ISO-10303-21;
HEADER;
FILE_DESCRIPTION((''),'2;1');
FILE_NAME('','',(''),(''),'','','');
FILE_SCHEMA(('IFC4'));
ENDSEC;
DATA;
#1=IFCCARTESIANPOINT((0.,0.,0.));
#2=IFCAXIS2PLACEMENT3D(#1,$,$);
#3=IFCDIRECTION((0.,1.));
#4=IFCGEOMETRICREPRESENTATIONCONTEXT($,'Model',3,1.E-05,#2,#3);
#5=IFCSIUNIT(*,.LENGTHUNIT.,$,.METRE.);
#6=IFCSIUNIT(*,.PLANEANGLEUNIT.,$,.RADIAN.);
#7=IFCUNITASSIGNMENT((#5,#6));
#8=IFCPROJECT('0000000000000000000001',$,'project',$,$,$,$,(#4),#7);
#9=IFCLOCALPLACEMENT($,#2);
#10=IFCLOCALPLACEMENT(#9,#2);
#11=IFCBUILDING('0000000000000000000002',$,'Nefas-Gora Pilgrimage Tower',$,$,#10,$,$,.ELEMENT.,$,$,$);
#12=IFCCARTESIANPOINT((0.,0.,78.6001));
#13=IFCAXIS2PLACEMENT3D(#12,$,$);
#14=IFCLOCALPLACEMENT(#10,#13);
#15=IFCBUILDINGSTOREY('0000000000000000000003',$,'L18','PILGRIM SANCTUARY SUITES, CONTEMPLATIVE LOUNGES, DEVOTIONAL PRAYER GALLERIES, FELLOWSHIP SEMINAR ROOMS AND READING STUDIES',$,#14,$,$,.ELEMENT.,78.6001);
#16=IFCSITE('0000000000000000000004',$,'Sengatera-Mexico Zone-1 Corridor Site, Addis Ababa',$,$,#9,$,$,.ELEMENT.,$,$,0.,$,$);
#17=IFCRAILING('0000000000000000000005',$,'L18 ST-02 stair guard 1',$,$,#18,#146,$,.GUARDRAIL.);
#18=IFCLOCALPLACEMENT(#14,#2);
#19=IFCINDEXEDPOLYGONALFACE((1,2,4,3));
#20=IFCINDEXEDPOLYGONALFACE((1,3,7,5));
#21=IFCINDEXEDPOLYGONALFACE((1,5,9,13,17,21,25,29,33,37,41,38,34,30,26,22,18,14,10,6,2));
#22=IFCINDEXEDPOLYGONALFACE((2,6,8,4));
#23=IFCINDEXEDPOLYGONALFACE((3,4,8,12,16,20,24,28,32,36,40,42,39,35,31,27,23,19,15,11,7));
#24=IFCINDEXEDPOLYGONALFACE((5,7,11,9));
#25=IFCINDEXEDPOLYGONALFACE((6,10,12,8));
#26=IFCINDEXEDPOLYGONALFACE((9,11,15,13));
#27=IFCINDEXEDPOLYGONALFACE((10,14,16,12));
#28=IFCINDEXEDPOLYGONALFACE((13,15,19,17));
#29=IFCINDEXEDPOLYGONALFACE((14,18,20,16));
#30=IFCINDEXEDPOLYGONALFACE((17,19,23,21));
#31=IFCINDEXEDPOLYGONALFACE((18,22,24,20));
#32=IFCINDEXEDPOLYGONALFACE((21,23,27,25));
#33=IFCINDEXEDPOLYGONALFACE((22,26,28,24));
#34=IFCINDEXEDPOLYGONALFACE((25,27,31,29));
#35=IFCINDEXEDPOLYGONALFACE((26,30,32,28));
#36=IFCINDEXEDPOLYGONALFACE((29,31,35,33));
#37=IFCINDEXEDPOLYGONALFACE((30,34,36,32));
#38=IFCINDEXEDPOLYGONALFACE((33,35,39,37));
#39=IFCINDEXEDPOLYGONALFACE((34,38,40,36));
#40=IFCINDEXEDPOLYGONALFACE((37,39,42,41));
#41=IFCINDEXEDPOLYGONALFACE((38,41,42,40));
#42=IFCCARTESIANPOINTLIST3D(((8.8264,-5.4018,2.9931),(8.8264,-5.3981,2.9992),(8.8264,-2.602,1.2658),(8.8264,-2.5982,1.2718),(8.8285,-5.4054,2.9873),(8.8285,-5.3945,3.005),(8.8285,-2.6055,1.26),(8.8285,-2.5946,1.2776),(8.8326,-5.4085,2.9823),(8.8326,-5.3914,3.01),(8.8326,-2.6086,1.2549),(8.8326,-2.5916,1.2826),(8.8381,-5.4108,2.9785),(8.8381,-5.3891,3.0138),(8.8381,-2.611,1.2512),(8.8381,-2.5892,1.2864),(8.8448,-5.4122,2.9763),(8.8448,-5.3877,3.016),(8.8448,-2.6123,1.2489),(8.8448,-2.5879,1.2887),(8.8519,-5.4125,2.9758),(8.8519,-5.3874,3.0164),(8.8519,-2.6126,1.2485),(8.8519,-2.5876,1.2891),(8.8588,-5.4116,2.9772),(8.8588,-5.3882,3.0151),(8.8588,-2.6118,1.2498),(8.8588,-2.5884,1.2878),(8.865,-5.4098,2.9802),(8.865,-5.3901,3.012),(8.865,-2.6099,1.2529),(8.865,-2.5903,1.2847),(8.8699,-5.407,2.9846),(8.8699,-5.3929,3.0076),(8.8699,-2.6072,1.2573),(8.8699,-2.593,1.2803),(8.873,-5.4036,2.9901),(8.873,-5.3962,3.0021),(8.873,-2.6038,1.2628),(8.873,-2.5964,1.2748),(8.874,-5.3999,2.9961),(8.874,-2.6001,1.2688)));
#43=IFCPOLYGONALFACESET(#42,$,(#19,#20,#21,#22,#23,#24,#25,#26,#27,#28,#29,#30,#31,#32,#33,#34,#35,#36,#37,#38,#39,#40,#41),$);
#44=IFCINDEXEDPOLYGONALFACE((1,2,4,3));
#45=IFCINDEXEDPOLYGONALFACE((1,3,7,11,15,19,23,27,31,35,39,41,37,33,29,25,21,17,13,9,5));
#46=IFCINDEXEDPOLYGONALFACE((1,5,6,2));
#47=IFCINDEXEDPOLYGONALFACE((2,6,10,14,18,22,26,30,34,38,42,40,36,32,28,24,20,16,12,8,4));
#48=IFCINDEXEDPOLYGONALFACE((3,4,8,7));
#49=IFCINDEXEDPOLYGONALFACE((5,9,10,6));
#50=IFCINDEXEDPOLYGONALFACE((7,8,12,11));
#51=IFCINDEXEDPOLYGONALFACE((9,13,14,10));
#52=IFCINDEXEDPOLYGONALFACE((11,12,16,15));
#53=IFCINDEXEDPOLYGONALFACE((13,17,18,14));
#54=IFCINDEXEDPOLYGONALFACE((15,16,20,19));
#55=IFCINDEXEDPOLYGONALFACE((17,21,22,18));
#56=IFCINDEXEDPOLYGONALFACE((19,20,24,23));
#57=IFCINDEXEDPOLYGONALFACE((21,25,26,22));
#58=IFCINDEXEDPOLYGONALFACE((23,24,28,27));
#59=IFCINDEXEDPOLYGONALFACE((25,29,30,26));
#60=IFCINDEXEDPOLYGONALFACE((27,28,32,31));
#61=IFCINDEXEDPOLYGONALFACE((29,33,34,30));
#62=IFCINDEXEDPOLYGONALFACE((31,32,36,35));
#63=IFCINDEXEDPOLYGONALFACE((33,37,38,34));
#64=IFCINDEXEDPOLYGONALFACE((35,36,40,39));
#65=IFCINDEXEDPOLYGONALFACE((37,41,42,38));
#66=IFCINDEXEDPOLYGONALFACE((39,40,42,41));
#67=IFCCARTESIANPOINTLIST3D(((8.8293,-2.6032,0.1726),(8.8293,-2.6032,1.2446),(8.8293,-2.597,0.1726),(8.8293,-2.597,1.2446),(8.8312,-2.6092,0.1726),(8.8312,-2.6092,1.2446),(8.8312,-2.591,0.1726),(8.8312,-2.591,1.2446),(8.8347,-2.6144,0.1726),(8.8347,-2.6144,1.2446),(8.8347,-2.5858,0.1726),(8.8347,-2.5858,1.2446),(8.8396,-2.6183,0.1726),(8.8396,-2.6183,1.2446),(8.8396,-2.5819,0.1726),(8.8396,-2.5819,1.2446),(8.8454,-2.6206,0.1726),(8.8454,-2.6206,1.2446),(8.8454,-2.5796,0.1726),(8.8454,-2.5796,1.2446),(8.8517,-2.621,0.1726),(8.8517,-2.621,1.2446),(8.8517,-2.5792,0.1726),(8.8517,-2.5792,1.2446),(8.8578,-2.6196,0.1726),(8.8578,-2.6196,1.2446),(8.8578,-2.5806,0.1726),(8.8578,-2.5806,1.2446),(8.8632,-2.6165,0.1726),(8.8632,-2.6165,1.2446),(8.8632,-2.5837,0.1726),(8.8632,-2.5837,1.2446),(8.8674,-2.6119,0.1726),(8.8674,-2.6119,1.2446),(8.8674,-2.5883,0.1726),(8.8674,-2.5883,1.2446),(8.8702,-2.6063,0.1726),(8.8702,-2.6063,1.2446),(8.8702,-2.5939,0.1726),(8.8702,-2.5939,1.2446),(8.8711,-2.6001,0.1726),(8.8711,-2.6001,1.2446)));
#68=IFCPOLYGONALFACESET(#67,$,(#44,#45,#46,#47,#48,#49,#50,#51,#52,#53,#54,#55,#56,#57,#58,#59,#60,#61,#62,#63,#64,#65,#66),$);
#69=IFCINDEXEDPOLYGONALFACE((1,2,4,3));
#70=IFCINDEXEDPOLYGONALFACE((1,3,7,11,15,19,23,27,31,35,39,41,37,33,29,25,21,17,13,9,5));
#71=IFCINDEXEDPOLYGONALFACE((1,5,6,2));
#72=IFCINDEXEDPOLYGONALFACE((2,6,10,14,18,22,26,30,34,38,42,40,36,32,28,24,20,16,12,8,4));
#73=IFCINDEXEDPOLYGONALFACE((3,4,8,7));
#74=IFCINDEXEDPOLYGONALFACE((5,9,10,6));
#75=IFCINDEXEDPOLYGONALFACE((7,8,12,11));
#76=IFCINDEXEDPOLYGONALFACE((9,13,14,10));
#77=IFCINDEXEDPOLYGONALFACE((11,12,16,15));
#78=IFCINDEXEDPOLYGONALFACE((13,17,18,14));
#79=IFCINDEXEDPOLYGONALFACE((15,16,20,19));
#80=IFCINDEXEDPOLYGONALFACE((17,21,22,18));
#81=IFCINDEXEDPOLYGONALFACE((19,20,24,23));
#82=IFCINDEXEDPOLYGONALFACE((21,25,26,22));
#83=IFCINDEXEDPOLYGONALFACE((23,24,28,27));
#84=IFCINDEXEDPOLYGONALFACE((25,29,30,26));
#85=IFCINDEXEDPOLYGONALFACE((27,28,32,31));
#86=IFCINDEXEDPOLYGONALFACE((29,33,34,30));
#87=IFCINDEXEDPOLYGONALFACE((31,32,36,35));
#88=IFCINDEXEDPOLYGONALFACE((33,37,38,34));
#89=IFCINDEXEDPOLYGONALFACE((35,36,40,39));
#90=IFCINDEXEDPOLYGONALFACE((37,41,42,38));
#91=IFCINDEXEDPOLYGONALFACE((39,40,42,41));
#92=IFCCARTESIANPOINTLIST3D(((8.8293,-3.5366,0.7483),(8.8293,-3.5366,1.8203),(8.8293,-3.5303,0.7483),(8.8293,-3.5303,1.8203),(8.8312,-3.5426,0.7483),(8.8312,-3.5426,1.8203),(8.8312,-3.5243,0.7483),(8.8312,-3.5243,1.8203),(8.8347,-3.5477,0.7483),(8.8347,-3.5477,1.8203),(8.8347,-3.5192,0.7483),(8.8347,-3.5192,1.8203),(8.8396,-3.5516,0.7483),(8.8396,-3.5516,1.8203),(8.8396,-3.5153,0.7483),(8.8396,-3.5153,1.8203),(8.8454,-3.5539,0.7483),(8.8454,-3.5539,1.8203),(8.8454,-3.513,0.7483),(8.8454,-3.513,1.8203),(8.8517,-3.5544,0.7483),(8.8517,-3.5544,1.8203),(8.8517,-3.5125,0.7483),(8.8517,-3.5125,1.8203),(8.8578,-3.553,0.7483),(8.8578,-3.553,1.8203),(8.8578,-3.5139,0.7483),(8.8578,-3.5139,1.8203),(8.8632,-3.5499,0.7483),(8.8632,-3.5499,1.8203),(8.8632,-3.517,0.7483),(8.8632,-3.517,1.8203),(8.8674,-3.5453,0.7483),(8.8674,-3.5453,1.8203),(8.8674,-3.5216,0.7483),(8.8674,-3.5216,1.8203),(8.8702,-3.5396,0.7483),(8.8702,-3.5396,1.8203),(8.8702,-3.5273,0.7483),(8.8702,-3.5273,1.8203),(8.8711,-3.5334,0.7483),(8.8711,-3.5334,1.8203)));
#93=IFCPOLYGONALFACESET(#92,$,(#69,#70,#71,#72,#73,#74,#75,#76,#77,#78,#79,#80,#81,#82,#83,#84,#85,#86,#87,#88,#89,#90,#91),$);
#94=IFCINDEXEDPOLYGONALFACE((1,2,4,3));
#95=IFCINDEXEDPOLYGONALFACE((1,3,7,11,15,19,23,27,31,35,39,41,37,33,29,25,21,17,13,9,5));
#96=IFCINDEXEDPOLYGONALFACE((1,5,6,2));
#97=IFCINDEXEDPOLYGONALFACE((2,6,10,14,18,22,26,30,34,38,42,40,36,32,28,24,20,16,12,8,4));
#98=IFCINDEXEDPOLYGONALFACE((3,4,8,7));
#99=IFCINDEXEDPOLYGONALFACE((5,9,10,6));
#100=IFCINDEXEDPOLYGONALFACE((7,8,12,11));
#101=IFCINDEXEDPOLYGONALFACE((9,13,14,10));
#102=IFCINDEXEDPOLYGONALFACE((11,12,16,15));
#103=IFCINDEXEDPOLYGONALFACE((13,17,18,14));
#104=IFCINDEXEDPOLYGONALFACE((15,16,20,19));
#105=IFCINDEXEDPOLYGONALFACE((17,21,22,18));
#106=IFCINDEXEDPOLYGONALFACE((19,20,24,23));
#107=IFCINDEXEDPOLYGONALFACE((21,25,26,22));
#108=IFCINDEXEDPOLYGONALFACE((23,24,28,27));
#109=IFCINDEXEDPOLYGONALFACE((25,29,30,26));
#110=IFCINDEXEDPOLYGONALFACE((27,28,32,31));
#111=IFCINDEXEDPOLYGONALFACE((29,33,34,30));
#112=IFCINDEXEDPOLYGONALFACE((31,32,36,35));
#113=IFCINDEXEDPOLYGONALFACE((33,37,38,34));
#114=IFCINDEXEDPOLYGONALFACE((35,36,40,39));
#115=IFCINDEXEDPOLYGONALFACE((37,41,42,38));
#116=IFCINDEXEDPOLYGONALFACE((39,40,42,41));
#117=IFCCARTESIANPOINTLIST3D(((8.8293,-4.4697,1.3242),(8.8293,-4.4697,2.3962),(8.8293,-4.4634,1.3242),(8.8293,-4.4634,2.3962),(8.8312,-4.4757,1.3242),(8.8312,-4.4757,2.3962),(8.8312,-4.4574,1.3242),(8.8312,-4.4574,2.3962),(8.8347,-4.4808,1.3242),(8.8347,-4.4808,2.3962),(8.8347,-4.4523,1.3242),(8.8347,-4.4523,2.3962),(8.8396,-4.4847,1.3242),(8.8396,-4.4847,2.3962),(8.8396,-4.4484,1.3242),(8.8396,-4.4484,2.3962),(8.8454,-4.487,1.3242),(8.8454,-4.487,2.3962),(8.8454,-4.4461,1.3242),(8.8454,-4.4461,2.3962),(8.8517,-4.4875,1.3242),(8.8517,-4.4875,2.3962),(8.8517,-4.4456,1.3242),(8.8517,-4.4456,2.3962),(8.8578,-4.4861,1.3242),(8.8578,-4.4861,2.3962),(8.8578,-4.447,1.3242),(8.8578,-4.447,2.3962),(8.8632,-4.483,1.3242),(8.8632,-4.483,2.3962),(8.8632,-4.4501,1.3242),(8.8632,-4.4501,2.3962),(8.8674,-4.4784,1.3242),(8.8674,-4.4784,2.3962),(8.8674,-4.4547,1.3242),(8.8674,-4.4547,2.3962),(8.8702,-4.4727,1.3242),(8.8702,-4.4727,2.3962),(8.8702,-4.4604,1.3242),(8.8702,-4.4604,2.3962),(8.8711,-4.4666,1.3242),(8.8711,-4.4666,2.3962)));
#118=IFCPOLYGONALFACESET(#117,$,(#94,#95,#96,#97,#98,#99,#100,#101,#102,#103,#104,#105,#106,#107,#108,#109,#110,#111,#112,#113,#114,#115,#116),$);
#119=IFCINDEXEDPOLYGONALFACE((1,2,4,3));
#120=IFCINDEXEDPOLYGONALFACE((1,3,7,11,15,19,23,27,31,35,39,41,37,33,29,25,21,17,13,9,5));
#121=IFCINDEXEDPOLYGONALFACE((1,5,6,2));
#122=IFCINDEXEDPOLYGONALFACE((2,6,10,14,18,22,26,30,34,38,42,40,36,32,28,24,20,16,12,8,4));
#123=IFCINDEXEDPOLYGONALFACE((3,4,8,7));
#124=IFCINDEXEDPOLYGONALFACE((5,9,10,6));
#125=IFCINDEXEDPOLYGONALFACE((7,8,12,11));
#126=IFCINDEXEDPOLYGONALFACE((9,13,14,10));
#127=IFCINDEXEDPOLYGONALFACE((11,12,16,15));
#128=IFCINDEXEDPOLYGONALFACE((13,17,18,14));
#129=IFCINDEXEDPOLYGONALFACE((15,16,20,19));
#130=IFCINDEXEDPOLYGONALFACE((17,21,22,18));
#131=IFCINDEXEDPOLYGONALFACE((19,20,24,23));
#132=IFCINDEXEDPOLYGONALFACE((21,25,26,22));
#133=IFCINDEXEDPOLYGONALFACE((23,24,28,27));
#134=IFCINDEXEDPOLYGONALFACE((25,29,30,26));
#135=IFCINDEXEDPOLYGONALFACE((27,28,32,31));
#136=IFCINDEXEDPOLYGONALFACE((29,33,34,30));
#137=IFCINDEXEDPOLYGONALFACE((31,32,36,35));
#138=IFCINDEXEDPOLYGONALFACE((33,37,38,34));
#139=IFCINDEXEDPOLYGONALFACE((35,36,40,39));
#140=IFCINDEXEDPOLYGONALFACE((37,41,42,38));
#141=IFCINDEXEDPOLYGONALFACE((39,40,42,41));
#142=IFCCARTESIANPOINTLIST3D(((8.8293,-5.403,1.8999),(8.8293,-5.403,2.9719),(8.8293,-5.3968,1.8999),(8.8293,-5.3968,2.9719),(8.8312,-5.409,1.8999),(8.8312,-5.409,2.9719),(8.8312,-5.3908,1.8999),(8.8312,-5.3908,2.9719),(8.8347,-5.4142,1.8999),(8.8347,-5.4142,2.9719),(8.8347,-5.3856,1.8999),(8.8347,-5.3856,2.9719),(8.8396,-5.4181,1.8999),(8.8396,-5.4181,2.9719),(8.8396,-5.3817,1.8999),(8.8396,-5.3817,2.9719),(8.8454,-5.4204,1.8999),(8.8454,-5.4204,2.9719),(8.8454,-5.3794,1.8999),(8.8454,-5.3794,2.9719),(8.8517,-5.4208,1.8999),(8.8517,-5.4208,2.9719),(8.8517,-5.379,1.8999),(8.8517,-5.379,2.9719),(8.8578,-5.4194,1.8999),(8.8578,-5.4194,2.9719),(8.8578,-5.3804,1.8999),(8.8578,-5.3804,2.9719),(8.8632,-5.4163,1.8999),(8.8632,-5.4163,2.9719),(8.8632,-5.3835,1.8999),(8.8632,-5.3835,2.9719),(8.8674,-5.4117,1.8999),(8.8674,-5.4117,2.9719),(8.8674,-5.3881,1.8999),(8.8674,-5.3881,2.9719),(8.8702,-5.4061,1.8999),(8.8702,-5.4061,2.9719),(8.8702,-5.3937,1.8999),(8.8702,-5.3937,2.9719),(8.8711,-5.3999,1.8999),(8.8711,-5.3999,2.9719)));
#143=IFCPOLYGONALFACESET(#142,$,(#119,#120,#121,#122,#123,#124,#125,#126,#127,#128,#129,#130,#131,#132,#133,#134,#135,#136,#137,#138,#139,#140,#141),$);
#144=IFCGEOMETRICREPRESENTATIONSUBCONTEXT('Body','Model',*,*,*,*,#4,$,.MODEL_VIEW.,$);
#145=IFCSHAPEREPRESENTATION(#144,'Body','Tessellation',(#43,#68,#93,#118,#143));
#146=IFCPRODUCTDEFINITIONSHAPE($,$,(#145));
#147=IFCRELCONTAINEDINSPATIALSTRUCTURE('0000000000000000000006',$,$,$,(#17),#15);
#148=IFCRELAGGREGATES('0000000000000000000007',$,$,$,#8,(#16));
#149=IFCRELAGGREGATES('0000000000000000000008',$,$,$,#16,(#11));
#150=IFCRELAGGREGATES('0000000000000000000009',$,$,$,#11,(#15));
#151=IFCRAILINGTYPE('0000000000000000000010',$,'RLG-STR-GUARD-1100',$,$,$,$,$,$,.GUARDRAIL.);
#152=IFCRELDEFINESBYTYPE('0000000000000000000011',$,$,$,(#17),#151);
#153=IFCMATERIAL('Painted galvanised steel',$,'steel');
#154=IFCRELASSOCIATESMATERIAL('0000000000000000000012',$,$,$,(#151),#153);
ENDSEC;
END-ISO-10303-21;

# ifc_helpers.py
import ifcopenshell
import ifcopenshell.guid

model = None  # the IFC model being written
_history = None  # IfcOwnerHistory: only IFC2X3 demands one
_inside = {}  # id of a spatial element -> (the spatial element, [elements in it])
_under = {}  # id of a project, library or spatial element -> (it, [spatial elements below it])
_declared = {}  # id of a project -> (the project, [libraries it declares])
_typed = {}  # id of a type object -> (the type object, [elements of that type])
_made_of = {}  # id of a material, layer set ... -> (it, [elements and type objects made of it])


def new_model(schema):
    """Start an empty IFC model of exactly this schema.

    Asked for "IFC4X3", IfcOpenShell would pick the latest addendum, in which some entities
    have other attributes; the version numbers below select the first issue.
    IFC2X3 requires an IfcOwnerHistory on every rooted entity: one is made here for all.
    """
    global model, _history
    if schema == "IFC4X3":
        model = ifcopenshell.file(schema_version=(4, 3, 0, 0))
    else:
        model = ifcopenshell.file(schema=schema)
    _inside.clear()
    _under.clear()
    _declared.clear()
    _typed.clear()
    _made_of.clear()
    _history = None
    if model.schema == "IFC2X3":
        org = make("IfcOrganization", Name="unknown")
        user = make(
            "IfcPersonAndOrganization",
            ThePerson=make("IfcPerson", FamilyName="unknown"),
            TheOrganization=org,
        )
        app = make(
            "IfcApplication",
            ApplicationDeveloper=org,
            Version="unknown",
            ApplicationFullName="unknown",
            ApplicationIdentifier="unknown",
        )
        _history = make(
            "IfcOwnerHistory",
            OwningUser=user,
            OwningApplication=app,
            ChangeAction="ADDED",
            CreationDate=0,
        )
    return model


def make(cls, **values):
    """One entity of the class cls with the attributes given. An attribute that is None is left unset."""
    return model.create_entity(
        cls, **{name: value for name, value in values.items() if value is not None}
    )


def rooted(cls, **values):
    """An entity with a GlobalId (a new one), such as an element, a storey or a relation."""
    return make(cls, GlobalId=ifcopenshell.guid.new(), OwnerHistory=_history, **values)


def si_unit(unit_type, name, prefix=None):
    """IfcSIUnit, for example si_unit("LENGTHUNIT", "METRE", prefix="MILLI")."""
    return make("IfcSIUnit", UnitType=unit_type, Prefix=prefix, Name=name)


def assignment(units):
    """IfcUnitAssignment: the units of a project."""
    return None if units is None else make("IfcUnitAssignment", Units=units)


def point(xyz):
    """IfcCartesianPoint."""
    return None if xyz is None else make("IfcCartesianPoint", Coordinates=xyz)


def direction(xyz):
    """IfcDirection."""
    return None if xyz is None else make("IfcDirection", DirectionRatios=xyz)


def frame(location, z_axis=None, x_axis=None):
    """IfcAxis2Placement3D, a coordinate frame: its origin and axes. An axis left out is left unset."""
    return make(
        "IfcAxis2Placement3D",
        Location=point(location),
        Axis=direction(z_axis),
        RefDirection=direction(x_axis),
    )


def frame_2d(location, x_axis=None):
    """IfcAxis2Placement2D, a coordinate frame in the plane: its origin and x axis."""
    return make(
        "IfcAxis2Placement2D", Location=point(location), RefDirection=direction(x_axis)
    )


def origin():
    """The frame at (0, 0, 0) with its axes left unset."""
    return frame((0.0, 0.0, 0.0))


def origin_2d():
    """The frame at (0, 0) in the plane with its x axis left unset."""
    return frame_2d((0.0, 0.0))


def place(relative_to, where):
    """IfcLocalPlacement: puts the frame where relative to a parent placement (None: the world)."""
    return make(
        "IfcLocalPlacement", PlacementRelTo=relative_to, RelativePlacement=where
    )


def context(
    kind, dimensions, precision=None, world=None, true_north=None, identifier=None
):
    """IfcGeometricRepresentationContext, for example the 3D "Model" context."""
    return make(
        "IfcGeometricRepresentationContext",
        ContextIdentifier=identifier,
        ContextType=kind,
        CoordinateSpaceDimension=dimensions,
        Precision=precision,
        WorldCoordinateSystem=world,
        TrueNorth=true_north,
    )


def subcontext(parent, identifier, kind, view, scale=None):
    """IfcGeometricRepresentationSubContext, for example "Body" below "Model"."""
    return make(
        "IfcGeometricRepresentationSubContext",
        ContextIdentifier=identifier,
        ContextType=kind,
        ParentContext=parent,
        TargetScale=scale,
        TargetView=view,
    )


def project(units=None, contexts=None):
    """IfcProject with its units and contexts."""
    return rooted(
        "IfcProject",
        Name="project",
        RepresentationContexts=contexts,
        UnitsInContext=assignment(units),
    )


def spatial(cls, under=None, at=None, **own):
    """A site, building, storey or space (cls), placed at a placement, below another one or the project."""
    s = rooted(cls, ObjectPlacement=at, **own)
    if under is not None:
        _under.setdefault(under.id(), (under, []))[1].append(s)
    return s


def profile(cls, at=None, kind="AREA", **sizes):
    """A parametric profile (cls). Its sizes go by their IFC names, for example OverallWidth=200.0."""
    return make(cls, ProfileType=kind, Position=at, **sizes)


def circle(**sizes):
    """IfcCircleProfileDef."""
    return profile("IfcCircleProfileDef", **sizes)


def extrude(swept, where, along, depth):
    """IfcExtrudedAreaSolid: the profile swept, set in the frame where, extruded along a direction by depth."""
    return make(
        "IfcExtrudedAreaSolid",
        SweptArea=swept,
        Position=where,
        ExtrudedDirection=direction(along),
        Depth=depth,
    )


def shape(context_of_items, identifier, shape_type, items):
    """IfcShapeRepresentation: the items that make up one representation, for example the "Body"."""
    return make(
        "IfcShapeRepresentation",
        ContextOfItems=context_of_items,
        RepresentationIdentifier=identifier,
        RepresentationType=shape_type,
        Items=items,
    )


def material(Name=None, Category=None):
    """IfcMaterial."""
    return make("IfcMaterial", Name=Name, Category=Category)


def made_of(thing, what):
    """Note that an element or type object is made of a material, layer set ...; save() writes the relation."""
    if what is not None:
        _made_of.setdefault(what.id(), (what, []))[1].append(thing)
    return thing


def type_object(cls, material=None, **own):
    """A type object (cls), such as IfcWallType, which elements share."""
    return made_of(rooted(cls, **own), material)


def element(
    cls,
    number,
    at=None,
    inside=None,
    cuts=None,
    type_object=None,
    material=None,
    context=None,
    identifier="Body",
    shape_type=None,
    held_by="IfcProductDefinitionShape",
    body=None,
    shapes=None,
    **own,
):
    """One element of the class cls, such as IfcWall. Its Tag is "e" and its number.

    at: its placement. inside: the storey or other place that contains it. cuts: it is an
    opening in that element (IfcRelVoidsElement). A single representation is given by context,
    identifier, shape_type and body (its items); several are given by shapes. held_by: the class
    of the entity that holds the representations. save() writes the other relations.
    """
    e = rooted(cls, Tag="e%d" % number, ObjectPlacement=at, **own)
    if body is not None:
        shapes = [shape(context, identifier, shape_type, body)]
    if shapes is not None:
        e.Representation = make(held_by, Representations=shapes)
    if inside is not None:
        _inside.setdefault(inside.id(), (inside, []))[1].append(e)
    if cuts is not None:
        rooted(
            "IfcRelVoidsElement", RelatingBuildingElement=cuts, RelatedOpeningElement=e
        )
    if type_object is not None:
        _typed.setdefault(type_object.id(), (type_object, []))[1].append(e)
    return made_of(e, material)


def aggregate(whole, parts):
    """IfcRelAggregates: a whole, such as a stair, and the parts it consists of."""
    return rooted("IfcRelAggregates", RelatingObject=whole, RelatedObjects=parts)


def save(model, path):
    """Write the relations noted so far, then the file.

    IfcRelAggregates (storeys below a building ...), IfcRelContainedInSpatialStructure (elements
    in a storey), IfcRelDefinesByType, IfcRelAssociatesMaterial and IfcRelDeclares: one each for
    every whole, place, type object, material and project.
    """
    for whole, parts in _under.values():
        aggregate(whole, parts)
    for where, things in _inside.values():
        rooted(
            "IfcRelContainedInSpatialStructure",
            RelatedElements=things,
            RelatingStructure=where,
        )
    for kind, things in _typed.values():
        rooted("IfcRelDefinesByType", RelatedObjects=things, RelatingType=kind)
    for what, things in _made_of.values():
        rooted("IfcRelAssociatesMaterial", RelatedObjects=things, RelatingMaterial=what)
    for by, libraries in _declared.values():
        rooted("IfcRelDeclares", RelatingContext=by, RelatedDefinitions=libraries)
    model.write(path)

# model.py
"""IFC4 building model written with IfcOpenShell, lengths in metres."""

from ifc_helpers import new_model, si_unit, direction, frame, origin, origin_2d, place, context, subcontext, project, spatial, circle, extrude, material, type_object, element, save


model = new_model("IFC4")

# Units and contexts
model_context = context("Model", 3, precision=1e-05, world=origin(), true_north=direction((0.0, 1.0)))
body_context = subcontext(model_context, "Body", "Model", "MODEL_VIEW")
ifc_project = project(units=[si_unit("LENGTHUNIT", "METRE"), si_unit("PLANEANGLEUNIT", "RADIAN")], contexts=[model_context])

# Site, building, storey
site_placement = place(None, origin())
site = spatial("IfcSite", under=ifc_project, at=site_placement, Name="Sengatera-Mexico Zone-1 Corridor Site, Addis Ababa", CompositionType="ELEMENT", RefElevation=0.0)
building_placement = place(site_placement, origin())
building = spatial("IfcBuilding", under=site, at=building_placement, Name="Nefas-Gora Pilgrimage Tower", CompositionType="ELEMENT")
storey_placement = place(building_placement, frame((0.0, 0.0, 78.6001)))
storey = spatial("IfcBuildingStorey", under=building, at=storey_placement, Name="L18", Description="PILGRIM SANCTUARY SUITES, CONTEMPLATIVE LOUNGES, DEVOTIONAL PRAYER GALLERIES, FELLOWSHIP SEMINAR ROOMS AND READING STUDIES", CompositionType="ELEMENT", Elevation=78.6001)

# Railing
ifc_material_1 = material(Name="Painted galvanised steel", Category="steel")
railing_type_1 = type_object("IfcRailingType", Name="RLG-STR-GUARD-1100", PredefinedType="GUARDRAIL", material=ifc_material_1)
railing_1_placement = place(storey_placement, frame((8.8501, -2.6001, 0.1726)))
element("IfcRailing", 1, at=railing_1_placement, inside=storey, type_object=railing_type_1, Name="L18 ST-02 stair guard 1", PredefinedType="GUARDRAIL", context=body_context, shape_type="SweptSolid", body=[
    extrude(circle(Radius=0.0239, at=origin_2d()), frame((0.0, 0.0, 1.0962), z_axis=(0.0, -0.851069, 0.525054), x_axis=(1.0, 0.0, 0.0)), (0.0, 0.0, 1.0), 3.2898),
    extrude(circle(Radius=0.021, at=origin_2d()), origin(), (0.0, 0.0, 1.0), 1.072),
    extrude(circle(Radius=0.021, at=origin_2d()), frame((0.0, -0.9333, 0.5757)), (0.0, 0.0, 1.0), 1.072),
    extrude(circle(Radius=0.021, at=origin_2d()), frame((0.0, -1.8665, 1.1516)), (0.0, 0.0, 1.0), 1.072),
    extrude(circle(Radius=0.021, at=origin_2d()), frame((0.0, -2.7998, 1.7273)), (0.0, 0.0, 1.0), 1.072),
])

save(model, "model.ifc")
